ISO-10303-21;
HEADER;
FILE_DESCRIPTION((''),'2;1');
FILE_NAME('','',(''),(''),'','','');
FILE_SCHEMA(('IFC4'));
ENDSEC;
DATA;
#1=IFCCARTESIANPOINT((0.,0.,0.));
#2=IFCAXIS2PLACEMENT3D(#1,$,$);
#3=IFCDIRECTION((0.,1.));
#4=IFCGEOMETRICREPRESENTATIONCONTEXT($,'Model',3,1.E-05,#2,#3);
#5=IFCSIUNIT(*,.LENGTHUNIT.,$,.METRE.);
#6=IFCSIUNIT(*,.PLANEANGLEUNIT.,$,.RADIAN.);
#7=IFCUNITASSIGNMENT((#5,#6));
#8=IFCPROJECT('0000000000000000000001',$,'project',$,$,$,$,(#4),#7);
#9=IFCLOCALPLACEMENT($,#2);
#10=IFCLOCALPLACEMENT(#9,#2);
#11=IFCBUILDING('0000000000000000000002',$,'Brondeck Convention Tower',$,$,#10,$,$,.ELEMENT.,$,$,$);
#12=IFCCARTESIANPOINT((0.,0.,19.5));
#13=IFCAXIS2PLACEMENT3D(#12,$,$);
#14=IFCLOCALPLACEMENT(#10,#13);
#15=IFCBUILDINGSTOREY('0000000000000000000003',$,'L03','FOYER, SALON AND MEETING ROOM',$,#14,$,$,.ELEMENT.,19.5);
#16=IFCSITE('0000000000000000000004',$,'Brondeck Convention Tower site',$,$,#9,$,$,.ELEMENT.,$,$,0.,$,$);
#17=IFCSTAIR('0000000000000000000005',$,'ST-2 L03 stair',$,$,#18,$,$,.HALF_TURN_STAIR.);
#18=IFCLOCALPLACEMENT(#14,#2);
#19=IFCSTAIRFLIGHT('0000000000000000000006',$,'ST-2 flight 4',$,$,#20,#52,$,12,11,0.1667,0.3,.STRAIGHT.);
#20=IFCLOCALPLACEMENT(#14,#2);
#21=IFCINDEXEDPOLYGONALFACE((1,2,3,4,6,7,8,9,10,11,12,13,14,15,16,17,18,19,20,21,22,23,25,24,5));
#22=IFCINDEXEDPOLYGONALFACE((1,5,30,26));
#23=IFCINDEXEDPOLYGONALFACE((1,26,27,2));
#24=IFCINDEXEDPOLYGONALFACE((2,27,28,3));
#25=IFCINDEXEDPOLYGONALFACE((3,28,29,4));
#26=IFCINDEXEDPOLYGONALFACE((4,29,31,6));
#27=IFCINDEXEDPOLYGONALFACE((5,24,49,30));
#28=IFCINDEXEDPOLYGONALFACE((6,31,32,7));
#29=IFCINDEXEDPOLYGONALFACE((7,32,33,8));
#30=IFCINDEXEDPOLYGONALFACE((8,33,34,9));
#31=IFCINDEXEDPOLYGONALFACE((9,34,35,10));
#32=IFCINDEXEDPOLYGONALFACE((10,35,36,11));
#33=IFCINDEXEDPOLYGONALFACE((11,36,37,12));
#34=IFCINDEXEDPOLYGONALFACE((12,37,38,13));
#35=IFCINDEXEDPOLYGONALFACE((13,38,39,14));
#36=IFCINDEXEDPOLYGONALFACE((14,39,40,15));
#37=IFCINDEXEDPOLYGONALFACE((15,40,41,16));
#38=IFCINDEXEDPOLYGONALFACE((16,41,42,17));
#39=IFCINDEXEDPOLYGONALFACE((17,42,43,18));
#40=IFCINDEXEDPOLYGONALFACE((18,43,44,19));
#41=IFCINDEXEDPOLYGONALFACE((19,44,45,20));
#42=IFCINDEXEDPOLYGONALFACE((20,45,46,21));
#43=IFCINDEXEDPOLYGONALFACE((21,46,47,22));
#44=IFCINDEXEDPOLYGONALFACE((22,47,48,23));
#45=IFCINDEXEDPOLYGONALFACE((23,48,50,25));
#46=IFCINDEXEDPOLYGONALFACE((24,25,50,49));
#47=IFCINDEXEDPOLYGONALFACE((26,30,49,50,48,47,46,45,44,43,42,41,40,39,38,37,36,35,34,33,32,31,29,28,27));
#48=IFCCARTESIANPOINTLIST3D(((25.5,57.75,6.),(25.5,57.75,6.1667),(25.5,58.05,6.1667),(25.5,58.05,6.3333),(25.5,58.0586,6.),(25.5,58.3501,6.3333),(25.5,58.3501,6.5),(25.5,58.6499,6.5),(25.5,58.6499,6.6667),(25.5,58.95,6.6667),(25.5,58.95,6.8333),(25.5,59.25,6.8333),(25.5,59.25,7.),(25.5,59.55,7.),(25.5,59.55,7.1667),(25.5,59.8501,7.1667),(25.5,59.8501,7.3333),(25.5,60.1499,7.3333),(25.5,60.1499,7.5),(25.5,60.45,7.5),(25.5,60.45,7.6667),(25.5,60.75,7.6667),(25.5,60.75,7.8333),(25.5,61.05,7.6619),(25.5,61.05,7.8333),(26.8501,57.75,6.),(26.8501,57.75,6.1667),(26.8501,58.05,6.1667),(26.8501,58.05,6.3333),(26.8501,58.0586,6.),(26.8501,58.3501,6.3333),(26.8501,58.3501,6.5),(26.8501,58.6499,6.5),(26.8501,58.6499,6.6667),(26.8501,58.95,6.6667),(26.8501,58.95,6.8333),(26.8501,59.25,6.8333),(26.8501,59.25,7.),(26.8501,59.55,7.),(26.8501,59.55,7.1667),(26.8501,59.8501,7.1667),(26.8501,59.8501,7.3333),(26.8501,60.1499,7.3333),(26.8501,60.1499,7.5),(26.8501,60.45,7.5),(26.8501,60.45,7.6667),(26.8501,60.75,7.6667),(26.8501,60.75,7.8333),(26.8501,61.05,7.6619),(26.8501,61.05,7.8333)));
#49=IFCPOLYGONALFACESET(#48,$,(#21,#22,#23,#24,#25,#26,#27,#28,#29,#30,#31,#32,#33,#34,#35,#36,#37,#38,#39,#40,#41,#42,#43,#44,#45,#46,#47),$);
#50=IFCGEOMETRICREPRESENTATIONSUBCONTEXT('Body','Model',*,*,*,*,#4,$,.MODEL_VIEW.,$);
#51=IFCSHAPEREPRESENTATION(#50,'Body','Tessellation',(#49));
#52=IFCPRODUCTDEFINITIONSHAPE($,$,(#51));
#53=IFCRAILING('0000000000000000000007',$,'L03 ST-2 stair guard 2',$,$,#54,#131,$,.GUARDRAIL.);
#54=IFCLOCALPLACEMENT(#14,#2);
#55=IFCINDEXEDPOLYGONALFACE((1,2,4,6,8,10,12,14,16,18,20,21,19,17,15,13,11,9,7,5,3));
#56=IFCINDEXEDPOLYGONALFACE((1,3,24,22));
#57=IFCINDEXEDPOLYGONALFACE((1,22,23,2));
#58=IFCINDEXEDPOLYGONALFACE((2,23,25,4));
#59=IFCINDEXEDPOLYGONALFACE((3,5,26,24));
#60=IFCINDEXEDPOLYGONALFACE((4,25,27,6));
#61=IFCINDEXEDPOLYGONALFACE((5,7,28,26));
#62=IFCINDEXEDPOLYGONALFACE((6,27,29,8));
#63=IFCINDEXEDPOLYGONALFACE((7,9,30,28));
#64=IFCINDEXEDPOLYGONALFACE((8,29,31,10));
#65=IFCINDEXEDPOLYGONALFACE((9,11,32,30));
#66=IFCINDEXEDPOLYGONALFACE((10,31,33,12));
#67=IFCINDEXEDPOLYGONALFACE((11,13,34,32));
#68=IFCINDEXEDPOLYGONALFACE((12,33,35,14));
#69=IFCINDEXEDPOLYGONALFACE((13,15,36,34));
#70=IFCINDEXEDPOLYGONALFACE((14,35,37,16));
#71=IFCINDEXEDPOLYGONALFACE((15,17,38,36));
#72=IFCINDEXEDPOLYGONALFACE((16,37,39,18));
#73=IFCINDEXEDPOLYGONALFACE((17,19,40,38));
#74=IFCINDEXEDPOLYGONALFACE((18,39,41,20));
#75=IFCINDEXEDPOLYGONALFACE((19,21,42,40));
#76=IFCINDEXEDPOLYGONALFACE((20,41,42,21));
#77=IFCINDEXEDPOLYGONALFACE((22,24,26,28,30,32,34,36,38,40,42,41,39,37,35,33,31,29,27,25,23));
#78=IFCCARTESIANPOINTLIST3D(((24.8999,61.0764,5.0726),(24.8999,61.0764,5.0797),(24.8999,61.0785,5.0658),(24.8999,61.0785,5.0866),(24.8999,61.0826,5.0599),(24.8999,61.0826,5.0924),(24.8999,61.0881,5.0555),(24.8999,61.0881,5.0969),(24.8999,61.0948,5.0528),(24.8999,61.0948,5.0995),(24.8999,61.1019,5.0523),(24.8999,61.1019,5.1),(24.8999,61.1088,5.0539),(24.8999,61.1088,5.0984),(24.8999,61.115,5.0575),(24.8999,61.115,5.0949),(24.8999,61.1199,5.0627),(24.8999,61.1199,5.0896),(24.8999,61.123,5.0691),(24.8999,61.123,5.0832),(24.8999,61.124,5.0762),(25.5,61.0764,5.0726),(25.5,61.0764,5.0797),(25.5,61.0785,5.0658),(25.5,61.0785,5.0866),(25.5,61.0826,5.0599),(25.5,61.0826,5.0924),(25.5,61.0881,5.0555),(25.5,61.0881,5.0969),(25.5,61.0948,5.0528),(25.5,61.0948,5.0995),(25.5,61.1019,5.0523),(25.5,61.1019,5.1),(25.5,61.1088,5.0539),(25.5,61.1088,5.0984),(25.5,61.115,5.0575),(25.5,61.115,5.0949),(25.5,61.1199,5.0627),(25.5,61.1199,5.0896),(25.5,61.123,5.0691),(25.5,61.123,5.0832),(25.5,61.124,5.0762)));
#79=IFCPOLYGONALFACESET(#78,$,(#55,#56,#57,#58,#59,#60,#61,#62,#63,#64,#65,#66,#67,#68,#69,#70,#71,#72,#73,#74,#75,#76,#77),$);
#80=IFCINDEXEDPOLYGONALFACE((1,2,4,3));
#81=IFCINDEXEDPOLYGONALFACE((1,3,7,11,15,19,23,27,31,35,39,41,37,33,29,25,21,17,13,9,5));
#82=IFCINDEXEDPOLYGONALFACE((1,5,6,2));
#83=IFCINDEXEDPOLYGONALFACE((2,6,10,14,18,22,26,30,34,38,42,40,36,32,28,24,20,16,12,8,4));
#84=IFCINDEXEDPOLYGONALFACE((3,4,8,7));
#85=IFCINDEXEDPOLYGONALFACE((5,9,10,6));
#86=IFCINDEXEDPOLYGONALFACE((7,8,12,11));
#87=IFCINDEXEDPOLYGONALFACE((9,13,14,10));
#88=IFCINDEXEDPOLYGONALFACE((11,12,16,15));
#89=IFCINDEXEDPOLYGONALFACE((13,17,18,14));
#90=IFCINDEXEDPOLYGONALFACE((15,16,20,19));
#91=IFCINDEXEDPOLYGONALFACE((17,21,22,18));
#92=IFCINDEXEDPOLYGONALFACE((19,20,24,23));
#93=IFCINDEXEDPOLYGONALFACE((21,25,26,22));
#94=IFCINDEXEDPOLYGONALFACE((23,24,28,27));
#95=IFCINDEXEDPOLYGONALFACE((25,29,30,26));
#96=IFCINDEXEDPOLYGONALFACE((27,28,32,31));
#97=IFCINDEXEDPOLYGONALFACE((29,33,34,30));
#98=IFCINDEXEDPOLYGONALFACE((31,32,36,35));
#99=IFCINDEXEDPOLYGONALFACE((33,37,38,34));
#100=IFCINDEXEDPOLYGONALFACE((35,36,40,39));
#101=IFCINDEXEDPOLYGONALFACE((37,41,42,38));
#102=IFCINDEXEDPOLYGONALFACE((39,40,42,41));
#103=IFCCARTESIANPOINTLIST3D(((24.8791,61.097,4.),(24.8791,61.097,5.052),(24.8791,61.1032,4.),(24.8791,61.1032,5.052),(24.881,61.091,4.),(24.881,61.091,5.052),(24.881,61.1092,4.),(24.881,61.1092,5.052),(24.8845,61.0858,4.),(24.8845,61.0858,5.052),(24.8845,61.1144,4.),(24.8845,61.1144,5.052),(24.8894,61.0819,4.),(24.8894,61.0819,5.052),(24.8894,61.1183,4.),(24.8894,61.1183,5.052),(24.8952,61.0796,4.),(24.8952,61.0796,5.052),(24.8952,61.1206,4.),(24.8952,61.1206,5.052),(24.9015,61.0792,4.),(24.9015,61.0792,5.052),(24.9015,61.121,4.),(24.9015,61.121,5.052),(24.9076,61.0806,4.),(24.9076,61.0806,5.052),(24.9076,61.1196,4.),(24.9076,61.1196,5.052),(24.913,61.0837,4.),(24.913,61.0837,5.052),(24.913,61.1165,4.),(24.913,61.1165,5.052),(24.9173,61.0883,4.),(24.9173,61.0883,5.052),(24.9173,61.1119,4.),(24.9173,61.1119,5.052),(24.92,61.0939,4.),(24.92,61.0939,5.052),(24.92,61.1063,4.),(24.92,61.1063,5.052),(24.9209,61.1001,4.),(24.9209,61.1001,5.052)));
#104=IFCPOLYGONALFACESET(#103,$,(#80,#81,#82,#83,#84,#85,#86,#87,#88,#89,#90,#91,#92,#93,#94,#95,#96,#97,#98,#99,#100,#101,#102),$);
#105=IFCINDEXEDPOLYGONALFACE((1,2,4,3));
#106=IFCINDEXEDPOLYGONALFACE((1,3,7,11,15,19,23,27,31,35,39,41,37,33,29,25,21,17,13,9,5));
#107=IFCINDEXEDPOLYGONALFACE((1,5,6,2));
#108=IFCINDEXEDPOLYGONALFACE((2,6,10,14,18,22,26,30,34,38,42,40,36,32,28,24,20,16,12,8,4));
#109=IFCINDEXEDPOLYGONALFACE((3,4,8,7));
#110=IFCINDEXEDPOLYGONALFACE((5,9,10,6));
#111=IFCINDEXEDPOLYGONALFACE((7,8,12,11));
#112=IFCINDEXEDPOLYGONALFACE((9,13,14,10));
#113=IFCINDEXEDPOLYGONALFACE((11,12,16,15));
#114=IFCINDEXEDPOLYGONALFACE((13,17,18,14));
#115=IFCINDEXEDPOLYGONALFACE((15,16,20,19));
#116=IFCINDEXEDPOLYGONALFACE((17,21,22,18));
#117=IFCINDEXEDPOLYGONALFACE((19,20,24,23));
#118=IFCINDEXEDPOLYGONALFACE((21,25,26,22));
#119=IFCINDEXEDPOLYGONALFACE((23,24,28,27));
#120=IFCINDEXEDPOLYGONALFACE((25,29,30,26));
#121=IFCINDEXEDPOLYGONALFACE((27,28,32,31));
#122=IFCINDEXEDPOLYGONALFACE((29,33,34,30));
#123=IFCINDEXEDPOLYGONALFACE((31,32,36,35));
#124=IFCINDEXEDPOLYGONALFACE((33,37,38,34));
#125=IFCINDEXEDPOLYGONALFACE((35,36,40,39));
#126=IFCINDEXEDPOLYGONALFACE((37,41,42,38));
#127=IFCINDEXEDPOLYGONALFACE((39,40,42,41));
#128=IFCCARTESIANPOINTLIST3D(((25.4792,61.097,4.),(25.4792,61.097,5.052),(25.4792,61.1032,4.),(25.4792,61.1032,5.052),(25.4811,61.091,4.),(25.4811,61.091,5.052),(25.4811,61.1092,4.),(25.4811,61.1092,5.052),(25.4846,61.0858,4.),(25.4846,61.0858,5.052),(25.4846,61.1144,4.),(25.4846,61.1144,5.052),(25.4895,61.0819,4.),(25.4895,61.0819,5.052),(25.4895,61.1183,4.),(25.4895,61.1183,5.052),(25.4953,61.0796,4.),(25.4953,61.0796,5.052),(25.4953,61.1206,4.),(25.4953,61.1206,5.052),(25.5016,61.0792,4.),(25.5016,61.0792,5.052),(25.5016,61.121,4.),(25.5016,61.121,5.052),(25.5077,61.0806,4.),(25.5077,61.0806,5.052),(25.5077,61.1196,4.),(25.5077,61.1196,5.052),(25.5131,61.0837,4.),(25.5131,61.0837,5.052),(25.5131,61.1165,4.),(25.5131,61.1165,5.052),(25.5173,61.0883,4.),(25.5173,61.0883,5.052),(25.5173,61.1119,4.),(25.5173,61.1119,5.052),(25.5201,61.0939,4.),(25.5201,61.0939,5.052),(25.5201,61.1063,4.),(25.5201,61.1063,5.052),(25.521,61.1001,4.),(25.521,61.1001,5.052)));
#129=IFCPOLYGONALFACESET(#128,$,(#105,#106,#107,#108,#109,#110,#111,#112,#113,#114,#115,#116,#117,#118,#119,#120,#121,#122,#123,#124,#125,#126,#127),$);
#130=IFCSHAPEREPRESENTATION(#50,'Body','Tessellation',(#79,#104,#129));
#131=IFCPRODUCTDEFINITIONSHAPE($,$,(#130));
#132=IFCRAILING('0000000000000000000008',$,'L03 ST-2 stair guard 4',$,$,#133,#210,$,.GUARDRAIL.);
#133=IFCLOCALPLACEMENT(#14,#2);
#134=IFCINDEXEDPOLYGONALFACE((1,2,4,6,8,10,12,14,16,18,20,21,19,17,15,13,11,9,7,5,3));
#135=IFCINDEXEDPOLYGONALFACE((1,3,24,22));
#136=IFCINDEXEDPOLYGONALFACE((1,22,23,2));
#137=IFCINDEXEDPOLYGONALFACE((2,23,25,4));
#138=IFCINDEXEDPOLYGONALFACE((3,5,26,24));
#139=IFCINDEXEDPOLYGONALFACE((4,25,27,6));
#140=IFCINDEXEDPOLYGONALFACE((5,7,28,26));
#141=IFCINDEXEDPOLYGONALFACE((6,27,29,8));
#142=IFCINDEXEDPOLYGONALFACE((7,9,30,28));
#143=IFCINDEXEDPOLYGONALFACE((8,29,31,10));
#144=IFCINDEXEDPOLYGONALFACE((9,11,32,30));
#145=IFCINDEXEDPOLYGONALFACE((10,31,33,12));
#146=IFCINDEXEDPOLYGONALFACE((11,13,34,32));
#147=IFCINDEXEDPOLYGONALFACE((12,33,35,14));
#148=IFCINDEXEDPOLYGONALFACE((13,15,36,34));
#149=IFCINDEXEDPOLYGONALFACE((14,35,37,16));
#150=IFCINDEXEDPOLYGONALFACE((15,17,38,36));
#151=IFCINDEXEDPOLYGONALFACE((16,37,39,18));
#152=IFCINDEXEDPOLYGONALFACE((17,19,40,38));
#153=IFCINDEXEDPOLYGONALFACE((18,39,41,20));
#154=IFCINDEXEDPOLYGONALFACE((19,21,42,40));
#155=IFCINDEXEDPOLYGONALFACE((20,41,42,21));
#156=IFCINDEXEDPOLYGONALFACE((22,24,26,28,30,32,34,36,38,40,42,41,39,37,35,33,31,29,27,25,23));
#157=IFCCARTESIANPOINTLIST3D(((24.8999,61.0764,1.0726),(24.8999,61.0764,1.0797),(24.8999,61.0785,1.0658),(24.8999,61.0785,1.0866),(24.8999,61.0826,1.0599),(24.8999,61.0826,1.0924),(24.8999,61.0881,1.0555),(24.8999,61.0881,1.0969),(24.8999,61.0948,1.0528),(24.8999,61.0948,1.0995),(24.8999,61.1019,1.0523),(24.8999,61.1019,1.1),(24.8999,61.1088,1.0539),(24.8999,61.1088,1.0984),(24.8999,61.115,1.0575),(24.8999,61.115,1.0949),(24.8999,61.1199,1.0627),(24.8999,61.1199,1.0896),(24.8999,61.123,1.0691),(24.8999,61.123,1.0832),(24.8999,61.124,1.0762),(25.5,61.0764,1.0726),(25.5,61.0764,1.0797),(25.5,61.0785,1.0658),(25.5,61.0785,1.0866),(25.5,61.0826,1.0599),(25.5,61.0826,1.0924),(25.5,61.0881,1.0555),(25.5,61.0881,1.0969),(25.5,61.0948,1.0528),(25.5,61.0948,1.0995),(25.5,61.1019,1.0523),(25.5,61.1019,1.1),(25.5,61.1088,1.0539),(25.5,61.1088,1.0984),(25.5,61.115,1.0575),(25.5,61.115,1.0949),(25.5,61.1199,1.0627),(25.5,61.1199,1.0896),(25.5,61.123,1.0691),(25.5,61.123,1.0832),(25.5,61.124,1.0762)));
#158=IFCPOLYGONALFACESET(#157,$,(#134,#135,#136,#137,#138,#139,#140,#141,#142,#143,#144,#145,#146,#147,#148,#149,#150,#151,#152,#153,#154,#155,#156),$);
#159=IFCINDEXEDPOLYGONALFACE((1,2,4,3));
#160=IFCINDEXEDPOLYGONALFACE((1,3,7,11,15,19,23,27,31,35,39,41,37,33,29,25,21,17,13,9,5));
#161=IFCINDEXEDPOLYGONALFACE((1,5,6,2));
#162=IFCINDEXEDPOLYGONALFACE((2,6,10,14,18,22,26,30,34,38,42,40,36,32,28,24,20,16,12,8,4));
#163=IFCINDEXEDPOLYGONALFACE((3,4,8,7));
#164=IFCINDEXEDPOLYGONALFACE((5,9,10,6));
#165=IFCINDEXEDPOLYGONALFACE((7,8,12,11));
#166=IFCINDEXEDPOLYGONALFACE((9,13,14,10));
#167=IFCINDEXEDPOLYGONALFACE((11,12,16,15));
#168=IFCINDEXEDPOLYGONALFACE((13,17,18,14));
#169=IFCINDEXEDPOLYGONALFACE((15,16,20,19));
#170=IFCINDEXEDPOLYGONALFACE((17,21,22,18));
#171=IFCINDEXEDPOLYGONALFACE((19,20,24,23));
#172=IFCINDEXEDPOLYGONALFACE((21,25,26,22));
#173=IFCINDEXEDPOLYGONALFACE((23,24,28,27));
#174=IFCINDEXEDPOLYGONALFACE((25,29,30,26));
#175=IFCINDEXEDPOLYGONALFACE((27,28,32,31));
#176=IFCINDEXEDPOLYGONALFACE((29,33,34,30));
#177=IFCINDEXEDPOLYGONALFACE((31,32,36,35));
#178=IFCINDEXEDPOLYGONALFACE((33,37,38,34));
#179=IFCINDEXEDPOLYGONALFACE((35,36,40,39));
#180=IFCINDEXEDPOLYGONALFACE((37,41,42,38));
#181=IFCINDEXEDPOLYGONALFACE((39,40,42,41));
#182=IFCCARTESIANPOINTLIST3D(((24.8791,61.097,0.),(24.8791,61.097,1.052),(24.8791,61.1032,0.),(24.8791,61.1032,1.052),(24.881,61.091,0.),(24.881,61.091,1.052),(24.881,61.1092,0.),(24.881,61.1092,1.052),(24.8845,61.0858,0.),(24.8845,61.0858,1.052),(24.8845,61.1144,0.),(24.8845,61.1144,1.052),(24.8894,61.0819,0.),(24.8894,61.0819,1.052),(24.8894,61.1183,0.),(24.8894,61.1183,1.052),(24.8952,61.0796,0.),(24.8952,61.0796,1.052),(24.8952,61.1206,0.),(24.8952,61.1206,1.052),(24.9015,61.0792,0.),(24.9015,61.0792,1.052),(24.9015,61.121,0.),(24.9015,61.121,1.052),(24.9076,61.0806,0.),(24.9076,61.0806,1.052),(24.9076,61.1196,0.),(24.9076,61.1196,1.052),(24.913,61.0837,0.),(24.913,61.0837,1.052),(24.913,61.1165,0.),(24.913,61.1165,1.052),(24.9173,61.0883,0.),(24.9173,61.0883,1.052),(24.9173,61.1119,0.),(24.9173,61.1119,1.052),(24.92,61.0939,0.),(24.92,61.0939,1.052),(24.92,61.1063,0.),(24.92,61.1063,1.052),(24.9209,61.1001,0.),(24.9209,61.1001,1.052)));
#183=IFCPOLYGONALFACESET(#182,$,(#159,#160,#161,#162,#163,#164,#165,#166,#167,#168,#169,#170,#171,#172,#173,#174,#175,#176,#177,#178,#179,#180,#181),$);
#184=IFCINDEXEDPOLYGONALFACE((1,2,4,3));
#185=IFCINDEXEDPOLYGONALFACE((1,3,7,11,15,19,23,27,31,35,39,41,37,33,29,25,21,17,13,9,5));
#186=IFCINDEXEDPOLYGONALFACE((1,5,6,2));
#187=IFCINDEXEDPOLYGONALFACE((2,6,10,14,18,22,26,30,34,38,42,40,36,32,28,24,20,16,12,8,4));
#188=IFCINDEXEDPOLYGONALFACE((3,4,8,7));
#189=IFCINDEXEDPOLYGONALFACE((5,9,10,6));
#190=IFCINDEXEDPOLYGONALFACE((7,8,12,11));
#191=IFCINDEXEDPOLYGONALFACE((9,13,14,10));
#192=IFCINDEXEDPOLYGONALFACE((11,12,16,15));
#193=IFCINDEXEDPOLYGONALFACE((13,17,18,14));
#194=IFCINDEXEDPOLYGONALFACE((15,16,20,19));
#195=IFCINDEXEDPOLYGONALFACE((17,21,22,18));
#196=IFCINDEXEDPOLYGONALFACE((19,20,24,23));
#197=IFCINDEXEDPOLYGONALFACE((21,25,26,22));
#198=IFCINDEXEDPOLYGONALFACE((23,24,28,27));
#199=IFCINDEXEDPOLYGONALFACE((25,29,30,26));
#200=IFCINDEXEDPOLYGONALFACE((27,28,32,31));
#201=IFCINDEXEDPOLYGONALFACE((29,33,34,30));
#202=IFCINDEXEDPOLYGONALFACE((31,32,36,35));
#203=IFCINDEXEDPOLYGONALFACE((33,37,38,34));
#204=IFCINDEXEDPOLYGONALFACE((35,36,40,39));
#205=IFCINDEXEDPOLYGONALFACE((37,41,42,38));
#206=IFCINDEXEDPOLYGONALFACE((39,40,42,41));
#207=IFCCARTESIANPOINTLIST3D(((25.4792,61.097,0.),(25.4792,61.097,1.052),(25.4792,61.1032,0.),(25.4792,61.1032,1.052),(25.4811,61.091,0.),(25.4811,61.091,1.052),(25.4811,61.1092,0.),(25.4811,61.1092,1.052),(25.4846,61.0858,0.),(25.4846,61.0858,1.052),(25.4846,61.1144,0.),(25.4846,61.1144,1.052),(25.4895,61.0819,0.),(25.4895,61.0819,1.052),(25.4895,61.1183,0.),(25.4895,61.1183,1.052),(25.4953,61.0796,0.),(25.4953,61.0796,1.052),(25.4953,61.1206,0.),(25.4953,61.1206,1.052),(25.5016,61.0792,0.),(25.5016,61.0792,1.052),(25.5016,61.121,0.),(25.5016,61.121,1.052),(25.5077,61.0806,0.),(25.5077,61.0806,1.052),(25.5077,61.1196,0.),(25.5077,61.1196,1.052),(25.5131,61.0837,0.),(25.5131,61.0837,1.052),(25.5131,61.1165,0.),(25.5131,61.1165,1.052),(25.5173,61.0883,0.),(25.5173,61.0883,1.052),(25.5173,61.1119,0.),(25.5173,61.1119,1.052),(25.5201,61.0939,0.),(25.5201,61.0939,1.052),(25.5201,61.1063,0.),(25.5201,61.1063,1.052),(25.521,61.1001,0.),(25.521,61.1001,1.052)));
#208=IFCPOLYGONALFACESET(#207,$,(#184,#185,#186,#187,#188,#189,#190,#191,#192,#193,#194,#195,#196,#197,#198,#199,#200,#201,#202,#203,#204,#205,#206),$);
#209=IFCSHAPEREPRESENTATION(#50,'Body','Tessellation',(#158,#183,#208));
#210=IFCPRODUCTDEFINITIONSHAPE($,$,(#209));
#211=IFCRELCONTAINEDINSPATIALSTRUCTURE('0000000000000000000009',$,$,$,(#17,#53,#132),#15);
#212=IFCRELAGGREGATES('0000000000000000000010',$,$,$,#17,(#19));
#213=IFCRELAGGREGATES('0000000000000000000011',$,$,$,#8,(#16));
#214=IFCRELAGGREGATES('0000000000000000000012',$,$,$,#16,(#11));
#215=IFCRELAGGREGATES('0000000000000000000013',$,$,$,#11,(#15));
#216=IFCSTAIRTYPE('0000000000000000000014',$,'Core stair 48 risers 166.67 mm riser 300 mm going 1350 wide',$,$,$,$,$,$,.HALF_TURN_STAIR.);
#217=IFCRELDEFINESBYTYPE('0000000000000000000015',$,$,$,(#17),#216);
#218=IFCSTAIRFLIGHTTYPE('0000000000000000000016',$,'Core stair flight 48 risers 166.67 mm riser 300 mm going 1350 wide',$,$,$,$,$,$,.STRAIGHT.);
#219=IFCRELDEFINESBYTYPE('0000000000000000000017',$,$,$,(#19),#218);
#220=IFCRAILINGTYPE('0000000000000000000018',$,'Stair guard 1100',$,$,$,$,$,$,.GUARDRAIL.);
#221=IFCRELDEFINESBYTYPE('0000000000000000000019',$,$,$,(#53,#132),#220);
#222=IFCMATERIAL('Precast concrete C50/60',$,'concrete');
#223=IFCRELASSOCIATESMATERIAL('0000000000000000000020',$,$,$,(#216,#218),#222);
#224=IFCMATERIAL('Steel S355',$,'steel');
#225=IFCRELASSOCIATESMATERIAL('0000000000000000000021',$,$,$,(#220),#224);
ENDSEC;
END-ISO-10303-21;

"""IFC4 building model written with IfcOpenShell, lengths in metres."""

from ifc_helpers import new_model, si_unit, direction, frame, origin, origin_2d, place, context, subcontext, project, spatial, polyline, circle, outline, extrude, material, type_object, element, aggregate, save


model = new_model("IFC4")

# Units and contexts
model_context = context("Model", 3, precision=1e-05, world=origin(), true_north=direction((0.0, 1.0)))
body_context = subcontext(model_context, "Body", "Model", "MODEL_VIEW")
ifc_project = project(units=[si_unit("LENGTHUNIT", "METRE"), si_unit("PLANEANGLEUNIT", "RADIAN")], contexts=[model_context])

# Site, building, storey
site_placement = place(None, origin())
site = spatial("IfcSite", under=ifc_project, at=site_placement, Name="Brondeck Convention Tower site", CompositionType="ELEMENT", RefElevation=0.0)
building_placement = place(site_placement, origin())
building = spatial("IfcBuilding", under=site, at=building_placement, Name="Brondeck Convention Tower", CompositionType="ELEMENT")
storey_placement = place(building_placement, frame((0.0, 0.0, 19.5)))
storey = spatial("IfcBuildingStorey", under=building, at=storey_placement, Name="L03", Description="FOYER, SALON AND MEETING ROOM", CompositionType="ELEMENT", Elevation=19.5)

# Shared definitions
ifc_material_1 = material(Name="Steel S355", Category="steel")

# Stair, stair flight
ifc_material_2 = material(Name="Precast concrete C50/60", Category="concrete")
stair_type = type_object("IfcStairType", Name="Core stair 48 risers 166.67 mm riser 300 mm going 1350 wide", PredefinedType="HALF_TURN_STAIR", material=ifc_material_2)
stair_placement = place(storey_placement, origin())
stair = element("IfcStair", 1, at=stair_placement, inside=storey, type_object=stair_type, Name="ST-2 L03 stair", PredefinedType="HALF_TURN_STAIR")
stair_flight_type = type_object("IfcStairFlightType", Name="Core stair flight 48 risers 166.67 mm riser 300 mm going 1350 wide", PredefinedType="STRAIGHT", material=ifc_material_2)
stair_flight_1_placement = place(storey_placement, frame((26.175, 57.75, 6.0), z_axis=(0.0, 0.0, 1.0), x_axis=(0.0, 1.0, 0.0)))
stair_flight_1 = element("IfcStairFlight", 2, at=stair_flight_1_placement, type_object=stair_flight_type, Name="ST-2 flight 4", NumberOfRisers=12, NumberOfTreads=11, PredefinedType="STRAIGHT", RiserHeight=0.1667, TreadLength=0.3, context=body_context, shape_type="SweptSolid", body=[
    extrude(outline(polyline([(0.0, 0.0), (0.0, 0.1667), (0.3, 0.1667), (0.3, 0.3333), (0.6001, 0.3333), (0.6001, 0.5), (0.8999, 0.5), (0.8999, 0.6667), (1.2, 0.6667), (1.2, 0.8333), (1.5, 0.8333), (1.5, 1.0), (1.8, 1.0), (1.8, 1.1667), (2.1001, 1.1667), (2.1001, 1.3333), (2.3999, 1.3333), (2.3999, 1.5), (2.7, 1.5), (2.7, 1.6667), (3.0, 1.6667), (3.0, 1.8333), (3.3, 1.8333), (3.3, 2.0), (3.3, 1.6619), (0.3086, 0.0), (0.0, 0.0)])), frame((0.0, 0.675, 0.0), z_axis=(0.0, -1.0, 0.0), x_axis=(1.0, 0.0, 0.0)), (0.0, 0.0, 1.0), 1.3501),
])
aggregate(stair, [stair_flight_1])

# Railings
railing_type_1 = type_object("IfcRailingType", Name="Stair guard 1100", PredefinedType="GUARDRAIL", material=ifc_material_1)
railing_1_placement = place(storey_placement, frame((24.8999, 61.1001, 4.0)))
element("IfcRailing", 3, at=railing_1_placement, inside=storey, type_object=railing_type_1, Name="L03 ST-2 stair guard 2", PredefinedType="GUARDRAIL", context=body_context, shape_type="SweptSolid", body=[
    extrude(circle(Radius=0.0239, at=origin_2d()), frame((0.0, 0.0, 1.0762), z_axis=(1.0, 0.0, 0.0), x_axis=(0.0, 1.0, 0.0)), (0.0, 0.0, 1.0), 0.6001),
    extrude(circle(Radius=0.021, at=origin_2d()), origin(), (0.0, 0.0, 1.0), 1.052),
    extrude(circle(Radius=0.021, at=origin_2d()), frame((0.6001, 0.0, 0.0)), (0.0, 0.0, 1.0), 1.052),
])
railing_2_placement = place(storey_placement, frame((24.8999, 61.1001, 0.0)))
element("IfcRailing", 4, at=railing_2_placement, inside=storey, type_object=railing_type_1, Name="L03 ST-2 stair guard 4", PredefinedType="GUARDRAIL", context=body_context, shape_type="SweptSolid", body=[
    extrude(circle(Radius=0.0239, at=origin_2d()), frame((0.0, 0.0, 1.0762), z_axis=(1.0, 0.0, 0.0), x_axis=(0.0, 1.0, 0.0)), (0.0, 0.0, 1.0), 0.6001),
    extrude(circle(Radius=0.021, at=origin_2d()), origin(), (0.0, 0.0, 1.0), 1.052),
    extrude(circle(Radius=0.021, at=origin_2d()), frame((0.6001, 0.0, 0.0)), (0.0, 0.0, 1.0), 1.052),
])

save(model, "model.ifc")
